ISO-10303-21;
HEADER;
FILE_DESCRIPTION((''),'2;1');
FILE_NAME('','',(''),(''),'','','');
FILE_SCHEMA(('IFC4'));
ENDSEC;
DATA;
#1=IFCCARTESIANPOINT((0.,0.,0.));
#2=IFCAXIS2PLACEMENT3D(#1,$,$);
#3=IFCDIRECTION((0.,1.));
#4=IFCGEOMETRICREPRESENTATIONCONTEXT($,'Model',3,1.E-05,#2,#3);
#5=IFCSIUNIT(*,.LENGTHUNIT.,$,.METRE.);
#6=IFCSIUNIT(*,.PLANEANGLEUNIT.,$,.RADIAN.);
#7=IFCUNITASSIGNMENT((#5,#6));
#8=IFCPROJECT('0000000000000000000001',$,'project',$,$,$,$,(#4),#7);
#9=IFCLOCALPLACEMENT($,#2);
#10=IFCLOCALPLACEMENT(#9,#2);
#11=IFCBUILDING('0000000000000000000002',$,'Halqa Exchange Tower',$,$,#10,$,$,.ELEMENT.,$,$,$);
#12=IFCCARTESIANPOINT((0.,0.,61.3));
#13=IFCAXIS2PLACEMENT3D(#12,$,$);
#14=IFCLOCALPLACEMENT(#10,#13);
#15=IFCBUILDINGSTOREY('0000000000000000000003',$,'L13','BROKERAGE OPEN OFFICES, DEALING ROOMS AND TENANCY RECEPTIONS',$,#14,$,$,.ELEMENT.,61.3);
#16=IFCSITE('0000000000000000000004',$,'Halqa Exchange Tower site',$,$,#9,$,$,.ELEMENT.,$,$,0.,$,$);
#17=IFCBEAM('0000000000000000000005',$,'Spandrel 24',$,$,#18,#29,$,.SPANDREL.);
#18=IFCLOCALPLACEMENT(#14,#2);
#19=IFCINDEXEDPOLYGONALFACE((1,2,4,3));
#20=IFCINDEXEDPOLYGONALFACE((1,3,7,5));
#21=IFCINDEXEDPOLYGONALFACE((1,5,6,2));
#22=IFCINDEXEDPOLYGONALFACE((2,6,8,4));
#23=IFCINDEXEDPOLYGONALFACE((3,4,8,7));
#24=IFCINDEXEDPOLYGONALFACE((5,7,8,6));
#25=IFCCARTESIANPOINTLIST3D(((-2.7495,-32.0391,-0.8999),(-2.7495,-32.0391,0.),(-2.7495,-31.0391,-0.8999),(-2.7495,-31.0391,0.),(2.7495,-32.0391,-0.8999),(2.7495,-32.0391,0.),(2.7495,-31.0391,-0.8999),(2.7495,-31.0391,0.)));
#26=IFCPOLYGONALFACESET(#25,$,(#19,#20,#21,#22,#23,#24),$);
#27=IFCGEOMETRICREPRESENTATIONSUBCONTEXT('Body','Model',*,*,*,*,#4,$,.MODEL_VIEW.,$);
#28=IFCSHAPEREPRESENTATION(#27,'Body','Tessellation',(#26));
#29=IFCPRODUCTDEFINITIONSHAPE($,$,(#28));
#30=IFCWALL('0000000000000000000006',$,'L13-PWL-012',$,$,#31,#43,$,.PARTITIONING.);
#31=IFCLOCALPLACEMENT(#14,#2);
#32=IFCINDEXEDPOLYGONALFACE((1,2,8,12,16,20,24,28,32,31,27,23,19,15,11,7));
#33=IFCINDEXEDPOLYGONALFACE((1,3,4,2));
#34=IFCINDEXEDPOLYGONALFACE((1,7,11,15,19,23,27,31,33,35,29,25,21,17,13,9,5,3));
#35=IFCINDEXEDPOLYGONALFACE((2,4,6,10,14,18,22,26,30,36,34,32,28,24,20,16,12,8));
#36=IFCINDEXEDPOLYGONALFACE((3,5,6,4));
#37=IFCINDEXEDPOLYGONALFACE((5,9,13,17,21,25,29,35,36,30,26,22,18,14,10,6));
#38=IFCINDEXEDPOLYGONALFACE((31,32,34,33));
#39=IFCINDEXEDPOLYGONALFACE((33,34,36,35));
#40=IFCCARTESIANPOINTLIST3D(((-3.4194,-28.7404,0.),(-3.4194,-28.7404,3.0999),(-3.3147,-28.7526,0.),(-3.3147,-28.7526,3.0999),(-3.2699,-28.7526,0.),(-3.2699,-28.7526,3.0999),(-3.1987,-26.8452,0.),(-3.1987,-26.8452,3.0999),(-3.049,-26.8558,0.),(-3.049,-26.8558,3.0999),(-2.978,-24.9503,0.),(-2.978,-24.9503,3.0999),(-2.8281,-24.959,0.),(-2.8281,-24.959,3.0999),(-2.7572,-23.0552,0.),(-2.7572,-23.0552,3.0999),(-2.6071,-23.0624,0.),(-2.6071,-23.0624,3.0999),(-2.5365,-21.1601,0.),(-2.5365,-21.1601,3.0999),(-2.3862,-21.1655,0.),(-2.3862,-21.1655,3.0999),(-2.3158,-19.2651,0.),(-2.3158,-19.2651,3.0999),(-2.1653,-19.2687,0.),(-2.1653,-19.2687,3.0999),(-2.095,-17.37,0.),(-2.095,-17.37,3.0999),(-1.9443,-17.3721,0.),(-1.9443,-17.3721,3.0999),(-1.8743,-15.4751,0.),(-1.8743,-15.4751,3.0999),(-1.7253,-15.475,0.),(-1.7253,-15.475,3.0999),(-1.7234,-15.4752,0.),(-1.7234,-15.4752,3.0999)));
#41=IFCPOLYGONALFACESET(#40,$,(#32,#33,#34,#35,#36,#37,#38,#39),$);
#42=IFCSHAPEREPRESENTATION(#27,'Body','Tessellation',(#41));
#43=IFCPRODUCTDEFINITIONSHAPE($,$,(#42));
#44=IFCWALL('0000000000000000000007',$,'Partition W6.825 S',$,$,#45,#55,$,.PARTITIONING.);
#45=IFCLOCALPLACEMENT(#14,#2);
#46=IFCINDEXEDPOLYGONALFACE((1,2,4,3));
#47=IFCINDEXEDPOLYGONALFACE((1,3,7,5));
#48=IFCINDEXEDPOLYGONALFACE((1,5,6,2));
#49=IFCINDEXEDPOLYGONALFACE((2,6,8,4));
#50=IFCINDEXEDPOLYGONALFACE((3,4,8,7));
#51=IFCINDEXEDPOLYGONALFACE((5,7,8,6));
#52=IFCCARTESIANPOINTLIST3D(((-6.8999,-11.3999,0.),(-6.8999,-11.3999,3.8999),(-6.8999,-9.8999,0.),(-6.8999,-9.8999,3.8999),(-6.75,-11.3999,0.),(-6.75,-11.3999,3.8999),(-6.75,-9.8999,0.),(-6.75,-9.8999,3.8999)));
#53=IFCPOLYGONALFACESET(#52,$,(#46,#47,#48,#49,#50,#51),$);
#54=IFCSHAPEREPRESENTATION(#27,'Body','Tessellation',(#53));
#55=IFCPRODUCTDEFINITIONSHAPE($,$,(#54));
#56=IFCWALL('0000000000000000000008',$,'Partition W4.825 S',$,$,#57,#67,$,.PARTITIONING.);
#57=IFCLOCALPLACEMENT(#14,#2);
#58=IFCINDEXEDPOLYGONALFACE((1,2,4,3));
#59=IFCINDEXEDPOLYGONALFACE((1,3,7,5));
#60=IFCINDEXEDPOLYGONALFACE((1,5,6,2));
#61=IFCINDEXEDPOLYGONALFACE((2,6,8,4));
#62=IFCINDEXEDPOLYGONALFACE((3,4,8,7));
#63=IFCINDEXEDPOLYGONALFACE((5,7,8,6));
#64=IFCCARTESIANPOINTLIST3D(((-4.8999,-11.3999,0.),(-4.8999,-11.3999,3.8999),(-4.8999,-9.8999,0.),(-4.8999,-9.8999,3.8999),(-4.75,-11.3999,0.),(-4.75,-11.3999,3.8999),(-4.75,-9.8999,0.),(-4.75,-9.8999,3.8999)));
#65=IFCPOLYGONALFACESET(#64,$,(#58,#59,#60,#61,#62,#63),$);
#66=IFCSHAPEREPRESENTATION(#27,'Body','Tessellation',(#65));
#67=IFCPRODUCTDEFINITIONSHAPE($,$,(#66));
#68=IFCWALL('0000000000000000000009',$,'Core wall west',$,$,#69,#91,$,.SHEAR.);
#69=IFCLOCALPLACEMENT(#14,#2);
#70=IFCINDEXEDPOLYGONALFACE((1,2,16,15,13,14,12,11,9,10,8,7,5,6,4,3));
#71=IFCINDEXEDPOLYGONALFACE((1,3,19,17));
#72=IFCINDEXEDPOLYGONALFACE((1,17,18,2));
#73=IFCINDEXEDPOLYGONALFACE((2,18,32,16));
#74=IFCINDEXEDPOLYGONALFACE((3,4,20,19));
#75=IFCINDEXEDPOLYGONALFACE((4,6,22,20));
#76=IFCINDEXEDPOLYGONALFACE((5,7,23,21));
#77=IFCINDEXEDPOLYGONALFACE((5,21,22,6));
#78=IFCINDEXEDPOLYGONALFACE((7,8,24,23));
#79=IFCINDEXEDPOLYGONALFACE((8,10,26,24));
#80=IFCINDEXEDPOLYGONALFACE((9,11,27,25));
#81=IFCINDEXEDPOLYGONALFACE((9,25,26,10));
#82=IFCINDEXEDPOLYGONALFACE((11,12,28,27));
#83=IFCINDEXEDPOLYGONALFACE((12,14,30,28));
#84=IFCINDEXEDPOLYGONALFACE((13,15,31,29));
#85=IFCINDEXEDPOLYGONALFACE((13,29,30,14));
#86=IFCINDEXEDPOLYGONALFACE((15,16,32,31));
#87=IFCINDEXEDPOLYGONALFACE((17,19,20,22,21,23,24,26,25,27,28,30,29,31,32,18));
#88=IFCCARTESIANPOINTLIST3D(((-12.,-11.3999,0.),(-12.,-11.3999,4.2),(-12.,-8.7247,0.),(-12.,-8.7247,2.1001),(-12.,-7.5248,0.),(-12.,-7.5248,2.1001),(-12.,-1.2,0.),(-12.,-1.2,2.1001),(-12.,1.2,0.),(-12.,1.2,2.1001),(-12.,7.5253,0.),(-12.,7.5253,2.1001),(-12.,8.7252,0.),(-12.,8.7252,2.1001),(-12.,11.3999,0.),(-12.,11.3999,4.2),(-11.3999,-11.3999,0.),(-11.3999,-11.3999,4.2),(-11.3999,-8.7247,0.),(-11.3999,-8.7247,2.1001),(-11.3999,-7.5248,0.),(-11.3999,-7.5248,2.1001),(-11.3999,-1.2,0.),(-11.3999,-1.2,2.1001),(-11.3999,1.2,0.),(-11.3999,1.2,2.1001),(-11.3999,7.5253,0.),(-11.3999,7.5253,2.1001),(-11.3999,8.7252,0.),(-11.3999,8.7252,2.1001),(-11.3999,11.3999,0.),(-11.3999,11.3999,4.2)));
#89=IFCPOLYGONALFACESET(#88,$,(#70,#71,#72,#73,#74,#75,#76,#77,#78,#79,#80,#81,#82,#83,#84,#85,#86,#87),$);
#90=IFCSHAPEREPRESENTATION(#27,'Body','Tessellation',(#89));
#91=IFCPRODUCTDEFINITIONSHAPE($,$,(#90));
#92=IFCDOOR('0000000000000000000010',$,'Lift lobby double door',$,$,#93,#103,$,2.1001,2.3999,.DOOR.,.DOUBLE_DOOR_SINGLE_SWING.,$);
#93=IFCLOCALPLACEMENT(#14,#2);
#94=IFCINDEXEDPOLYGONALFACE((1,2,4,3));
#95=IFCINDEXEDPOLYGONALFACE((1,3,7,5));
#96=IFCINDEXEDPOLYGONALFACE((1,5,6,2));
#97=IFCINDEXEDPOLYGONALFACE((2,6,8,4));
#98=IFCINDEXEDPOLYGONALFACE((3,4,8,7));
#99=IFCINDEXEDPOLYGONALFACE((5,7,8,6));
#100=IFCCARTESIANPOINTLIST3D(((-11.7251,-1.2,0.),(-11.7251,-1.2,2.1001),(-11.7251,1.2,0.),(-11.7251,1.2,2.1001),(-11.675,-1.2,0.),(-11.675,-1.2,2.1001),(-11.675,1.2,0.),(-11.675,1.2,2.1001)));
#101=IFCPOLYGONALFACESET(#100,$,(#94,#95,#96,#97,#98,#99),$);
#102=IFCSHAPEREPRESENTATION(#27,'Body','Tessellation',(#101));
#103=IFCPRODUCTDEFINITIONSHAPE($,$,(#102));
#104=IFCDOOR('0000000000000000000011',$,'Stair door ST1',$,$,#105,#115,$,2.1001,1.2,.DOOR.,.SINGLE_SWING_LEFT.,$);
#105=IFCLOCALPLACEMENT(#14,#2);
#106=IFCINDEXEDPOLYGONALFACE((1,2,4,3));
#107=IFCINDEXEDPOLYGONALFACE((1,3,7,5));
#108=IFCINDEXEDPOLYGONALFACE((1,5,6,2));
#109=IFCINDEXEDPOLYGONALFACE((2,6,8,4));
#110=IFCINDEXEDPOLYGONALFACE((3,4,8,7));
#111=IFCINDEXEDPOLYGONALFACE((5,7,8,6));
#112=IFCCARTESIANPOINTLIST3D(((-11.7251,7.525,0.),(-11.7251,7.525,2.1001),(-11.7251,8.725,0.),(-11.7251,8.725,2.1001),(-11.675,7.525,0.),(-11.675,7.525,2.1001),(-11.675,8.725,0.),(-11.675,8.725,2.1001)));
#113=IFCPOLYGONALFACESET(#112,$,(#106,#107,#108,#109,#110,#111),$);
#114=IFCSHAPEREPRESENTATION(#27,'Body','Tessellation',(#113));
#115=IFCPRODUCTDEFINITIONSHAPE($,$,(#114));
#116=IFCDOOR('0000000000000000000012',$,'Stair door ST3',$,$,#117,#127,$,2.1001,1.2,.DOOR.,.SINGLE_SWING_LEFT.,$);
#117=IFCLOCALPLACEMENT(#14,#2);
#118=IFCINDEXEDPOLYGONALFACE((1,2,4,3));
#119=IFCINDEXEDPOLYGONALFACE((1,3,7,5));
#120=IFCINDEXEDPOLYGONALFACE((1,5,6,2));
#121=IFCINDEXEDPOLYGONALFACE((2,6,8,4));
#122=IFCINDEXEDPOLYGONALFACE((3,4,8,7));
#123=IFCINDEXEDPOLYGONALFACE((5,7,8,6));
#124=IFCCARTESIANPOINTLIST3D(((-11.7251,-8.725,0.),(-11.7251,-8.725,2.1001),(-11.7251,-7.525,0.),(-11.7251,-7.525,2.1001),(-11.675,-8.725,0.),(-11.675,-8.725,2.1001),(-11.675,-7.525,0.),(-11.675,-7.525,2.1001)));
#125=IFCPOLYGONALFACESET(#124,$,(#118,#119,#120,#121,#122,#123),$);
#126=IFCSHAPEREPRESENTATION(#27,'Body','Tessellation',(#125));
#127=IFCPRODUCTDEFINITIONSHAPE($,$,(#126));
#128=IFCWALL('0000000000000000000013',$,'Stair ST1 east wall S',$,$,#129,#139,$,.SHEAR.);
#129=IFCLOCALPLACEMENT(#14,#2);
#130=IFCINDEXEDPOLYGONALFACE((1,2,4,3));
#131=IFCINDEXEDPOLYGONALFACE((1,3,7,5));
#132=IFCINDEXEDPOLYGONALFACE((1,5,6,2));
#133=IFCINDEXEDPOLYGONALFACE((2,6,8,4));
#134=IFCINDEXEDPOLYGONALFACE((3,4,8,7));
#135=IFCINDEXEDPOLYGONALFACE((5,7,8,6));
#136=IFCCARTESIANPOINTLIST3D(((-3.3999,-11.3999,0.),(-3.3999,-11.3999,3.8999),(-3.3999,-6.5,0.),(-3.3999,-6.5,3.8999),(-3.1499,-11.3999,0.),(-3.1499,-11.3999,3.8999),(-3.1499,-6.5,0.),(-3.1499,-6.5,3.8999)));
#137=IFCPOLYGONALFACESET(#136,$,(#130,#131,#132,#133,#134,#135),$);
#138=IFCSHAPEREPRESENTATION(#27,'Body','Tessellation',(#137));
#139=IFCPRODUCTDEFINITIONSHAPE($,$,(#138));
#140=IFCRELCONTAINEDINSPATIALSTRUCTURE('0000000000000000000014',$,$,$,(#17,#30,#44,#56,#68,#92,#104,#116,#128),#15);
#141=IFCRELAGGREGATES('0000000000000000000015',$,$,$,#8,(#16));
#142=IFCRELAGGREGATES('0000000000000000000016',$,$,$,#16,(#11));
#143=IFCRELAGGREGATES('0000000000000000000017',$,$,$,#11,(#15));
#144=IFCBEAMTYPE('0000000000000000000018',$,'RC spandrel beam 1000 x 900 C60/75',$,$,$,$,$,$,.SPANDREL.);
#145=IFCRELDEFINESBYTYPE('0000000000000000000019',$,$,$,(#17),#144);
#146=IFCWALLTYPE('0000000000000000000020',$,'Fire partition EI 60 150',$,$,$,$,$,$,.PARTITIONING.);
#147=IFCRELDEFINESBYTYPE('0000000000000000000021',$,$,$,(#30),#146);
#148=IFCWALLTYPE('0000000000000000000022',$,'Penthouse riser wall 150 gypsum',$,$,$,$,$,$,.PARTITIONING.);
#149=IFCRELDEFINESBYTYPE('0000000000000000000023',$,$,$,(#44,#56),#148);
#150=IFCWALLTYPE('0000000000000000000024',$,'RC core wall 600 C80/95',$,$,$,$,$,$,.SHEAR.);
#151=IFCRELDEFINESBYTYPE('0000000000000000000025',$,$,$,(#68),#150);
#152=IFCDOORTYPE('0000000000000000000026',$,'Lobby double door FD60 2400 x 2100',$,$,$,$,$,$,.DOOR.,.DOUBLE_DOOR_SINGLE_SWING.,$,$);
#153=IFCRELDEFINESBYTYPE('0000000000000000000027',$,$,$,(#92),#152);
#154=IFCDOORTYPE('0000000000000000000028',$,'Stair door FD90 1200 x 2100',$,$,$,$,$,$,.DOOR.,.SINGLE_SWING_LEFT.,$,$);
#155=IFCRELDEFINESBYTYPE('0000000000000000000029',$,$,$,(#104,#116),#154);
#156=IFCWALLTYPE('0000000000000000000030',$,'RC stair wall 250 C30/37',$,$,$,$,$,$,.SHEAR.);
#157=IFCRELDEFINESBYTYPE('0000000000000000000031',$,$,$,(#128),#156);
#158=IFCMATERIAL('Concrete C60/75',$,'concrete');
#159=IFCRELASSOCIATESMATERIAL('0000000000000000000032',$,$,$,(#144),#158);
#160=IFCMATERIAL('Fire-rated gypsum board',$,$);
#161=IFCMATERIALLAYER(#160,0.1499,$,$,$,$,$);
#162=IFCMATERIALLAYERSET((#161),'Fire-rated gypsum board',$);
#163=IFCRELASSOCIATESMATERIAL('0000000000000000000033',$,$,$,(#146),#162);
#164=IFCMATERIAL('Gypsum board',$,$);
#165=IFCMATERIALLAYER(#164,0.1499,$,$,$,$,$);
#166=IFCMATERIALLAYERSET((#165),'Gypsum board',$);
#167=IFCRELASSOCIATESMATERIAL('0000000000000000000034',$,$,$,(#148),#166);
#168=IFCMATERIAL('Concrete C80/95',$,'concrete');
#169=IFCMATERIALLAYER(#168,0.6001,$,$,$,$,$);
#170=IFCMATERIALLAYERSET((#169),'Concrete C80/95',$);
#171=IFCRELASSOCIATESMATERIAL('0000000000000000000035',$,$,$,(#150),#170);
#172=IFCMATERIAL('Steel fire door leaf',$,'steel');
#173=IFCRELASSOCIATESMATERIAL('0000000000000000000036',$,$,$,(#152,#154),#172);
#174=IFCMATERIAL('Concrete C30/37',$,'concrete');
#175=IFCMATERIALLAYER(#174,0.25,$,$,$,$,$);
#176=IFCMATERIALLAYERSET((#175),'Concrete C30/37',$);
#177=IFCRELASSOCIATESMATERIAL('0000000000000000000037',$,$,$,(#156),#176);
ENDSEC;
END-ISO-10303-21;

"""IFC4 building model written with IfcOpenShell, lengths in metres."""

from ifc_helpers import new_model, si_unit, direction, frame, frame_2d, origin, origin_2d, place, context, subcontext, project, spatial, polyline, rectangle, outline, extrude, material, layer, layer_set, material_profile, profile_set, type_object, element, fill, save


model = new_model("IFC4")

# Units and contexts
model_context = context("Model", 3, precision=1e-05, world=origin(), true_north=direction((0.0, 1.0)))
body_context = subcontext(model_context, "Body", "Model", "MODEL_VIEW")
ifc_project = project(units=[si_unit("LENGTHUNIT", "METRE"), si_unit("PLANEANGLEUNIT", "RADIAN")], contexts=[model_context])

# Site, building, storey
site_placement = place(None, origin())
site = spatial("IfcSite", under=ifc_project, at=site_placement, Name="Halqa Exchange Tower site", CompositionType="ELEMENT", RefElevation=0.0)
building_placement = place(site_placement, origin())
building = spatial("IfcBuilding", under=site, at=building_placement, Name="Halqa Exchange Tower", CompositionType="ELEMENT")
storey_placement = place(building_placement, frame((0.0, 0.0, 61.3)))
storey = spatial("IfcBuildingStorey", under=building, at=storey_placement, Name="L13", Description="BROKERAGE OPEN OFFICES, DEALING ROOMS AND TENANCY RECEPTIONS", CompositionType="ELEMENT", Elevation=61.3)

# Shared definitions
ifc_material_1 = material(Name="Concrete C80/95", Category="concrete")

# Beam
ifc_material_2 = material(Name="Concrete C60/75", Category="concrete")
ifc_material_profile_1 = material_profile(ifc_material_2, rectangle(XDim=1.0, YDim=0.8999, at=origin_2d()), Name="1000 x 900")
ifc_profile_set_1 = profile_set([ifc_material_profile_1], Name="Concrete C60/75")
beam_type_1 = type_object("IfcBeamType", Name="RC spandrel beam 1000 x 900 C60/75", PredefinedType="SPANDREL", material=ifc_profile_set_1)
beam_1_placement = place(storey_placement, frame((-2.7495, -31.5391, -0.45), z_axis=(1.0, 0.0, 0.0), x_axis=(0.0, 1.0, 0.0)))
element("IfcBeam", 1, at=beam_1_placement, inside=storey, type_object=beam_type_1, Name="Spandrel 24", PredefinedType="SPANDREL", context=body_context, shape_type="SweptSolid", body=[
    extrude(rectangle(XDim=1.0, YDim=0.8999, at=origin_2d()), origin(), (0.0, 0.0, 1.0), 5.499),
])

# Walls
ifc_material_3 = material(Name="Fire-rated gypsum board")
ifc_layer_1 = layer(ifc_material_3, 0.1499)
ifc_layer_set_1 = layer_set([ifc_layer_1], Name="Fire-rated gypsum board")
wall_type_1 = type_object("IfcWallType", Name="Fire partition EI 60 150", PredefinedType="PARTITIONING", material=ifc_layer_set_1)
wall_1_placement = place(storey_placement, frame((-1.7979, -15.4666, 0.0), z_axis=(0.0, 0.0, 1.0), x_axis=(-0.115696, -0.993285, 0.0)))
element("IfcWall", 2, at=wall_1_placement, inside=storey, type_object=wall_type_1, Name="L13-PWL-012", PredefinedType="PARTITIONING", context=body_context, shape_type="SweptSolid", body=[
    extrude(outline(polyline([(13.3723, -0.075), (13.3723, 0.0305), (13.3672, 0.075), (11.4575, 0.075), (9.5479, 0.075), (7.6384, 0.075), (5.7288, 0.075), (3.8191, 0.075), (1.9097, 0.075), (0.0, 0.075), (0.0, 0.073), (0.0173, -0.075), (1.925, -0.075), (3.833, -0.075), (5.7407, -0.075), (7.6487, -0.075), (9.5566, -0.075), (11.4644, -0.075), (13.3723, -0.075)])), origin(), (0.0, 0.0, 1.0), 3.0999),
])
ifc_material_4 = material(Name="Gypsum board")
ifc_layer_2 = layer(ifc_material_4, 0.1499)
ifc_layer_set_2 = layer_set([ifc_layer_2], Name="Gypsum board")
wall_type_2 = type_object("IfcWallType", Name="Penthouse riser wall 150 gypsum", PredefinedType="PARTITIONING", material=ifc_layer_set_2)
for number, where, z_axis, x_axis, name in (
    (3, (-6.825, -11.3999, 0.0), (0.0, 0.0, 1.0), (0.0, 1.0, 0.0), "Partition W6.825 S"),
    (4, (-4.825, -11.3999, 0.0), (0.0, 0.0, 1.0), (0.0, 1.0, 0.0), "Partition W4.825 S"),
):
    element("IfcWall", number, at=place(storey_placement, frame(where, z_axis=z_axis, x_axis=x_axis)), inside=storey, type_object=wall_type_2, Name=name, PredefinedType="PARTITIONING", context=body_context, shape_type="SweptSolid", body=[
        extrude(rectangle(XDim=1.5, YDim=0.1499, at=frame_2d((0.75, 0.0))), origin(), (0.0, 0.0, 1.0), 3.8999),
    ])

# Wall, openings, doors
ifc_layer_3 = layer(ifc_material_1, 0.6001)
ifc_layer_set_3 = layer_set([ifc_layer_3], Name="Concrete C80/95")
wall_type_3 = type_object("IfcWallType", Name="RC core wall 600 C80/95", PredefinedType="SHEAR", material=ifc_layer_set_3)
wall_2_placement = place(storey_placement, frame((-11.7, -11.3999, 0.0), z_axis=(0.0, 0.0, 1.0), x_axis=(0.0, 1.0, 0.0)))
wall_2 = element("IfcWall", 5, at=wall_2_placement, inside=storey, type_object=wall_type_3, Name="Core wall west", PredefinedType="SHEAR", context=body_context, shape_type="SweptSolid", body=[
    extrude(rectangle(XDim=22.7998, YDim=0.6001, at=frame_2d((11.3999, 0.0))), origin(), (0.0, 0.0, 1.0), 4.2),
])
opening_1_placement = place(wall_2_placement, frame((10.2, 0.0, 0.0)))
opening_1 = element("IfcOpeningElement", 6, at=opening_1_placement, cuts=wall_2, PredefinedType="OPENING", context=body_context, shape_type="SweptSolid", body=[
    extrude(rectangle(XDim=2.3999, YDim=2.1001, at=frame_2d((1.2, 1.05))), frame((0.0, 0.312, 0.0), z_axis=(0.0, -1.0, 0.0), x_axis=(1.0, 0.0, 0.0)), (0.0, 0.0, 1.0), 0.624),
])
opening_2_placement = place(wall_2_placement, frame((18.925, 0.0, 0.0)))
opening_2 = element("IfcOpeningElement", 7, at=opening_2_placement, cuts=wall_2, PredefinedType="OPENING", context=body_context, shape_type="SweptSolid", body=[
    extrude(rectangle(XDim=1.2, YDim=2.1001, at=frame_2d((0.6001, 1.05))), frame((0.0, 0.312, 0.0), z_axis=(0.0, -1.0, 0.0), x_axis=(1.0, 0.0, 0.0)), (0.0, 0.0, 1.0), 0.624),
])
opening_3_placement = place(wall_2_placement, frame((2.675, 0.0, 0.0)))
opening_3 = element("IfcOpeningElement", 8, at=opening_3_placement, cuts=wall_2, PredefinedType="OPENING", context=body_context, shape_type="SweptSolid", body=[
    extrude(rectangle(XDim=1.2, YDim=2.1001, at=frame_2d((0.6001, 1.05))), frame((0.0, 0.312, 0.0), z_axis=(0.0, -1.0, 0.0), x_axis=(1.0, 0.0, 0.0)), (0.0, 0.0, 1.0), 0.624),
])
ifc_material_5 = material(Name="Steel fire door leaf", Category="steel")
door_type_1 = type_object("IfcDoorType", Name="Lobby double door FD60 2400 x 2100", OperationType="DOUBLE_DOOR_SINGLE_SWING", PredefinedType="DOOR", material=ifc_material_5)
door_1_placement = place(opening_1_placement, frame((2.3999, 0.0, 0.0), z_axis=(0.0, 0.0, 1.0), x_axis=(-1.0, 0.0, 0.0)))
door_1 = element("IfcDoor", 9, at=door_1_placement, inside=storey, type_object=door_type_1, Name="Lift lobby double door", OperationType="DOUBLE_DOOR_SINGLE_SWING", OverallHeight=2.1001, OverallWidth=2.3999, PredefinedType="DOOR", context=body_context, shape_type="SweptSolid", body=[
    extrude(rectangle(XDim=2.3999, YDim=2.1001, at=frame_2d((1.2, 1.05))), frame((0.0, 0.0249, 0.0), z_axis=(0.0, -1.0, 0.0), x_axis=(1.0, 0.0, 0.0)), (0.0, 0.0, 1.0), 0.05),
])
fill(opening_1, door_1)
door_type_2 = type_object("IfcDoorType", Name="Stair door FD90 1200 x 2100", OperationType="SINGLE_SWING_LEFT", PredefinedType="DOOR", material=ifc_material_5)
door_2_placement = place(opening_2_placement, frame((1.2, 0.0, 0.0), z_axis=(0.0, 0.0, 1.0), x_axis=(-1.0, 0.0, 0.0)))
door_2 = element("IfcDoor", 10, at=door_2_placement, inside=storey, type_object=door_type_2, Name="Stair door ST1", OperationType="SINGLE_SWING_LEFT", OverallHeight=2.1001, OverallWidth=1.2, PredefinedType="DOOR", context=body_context, shape_type="SweptSolid", body=[
    extrude(rectangle(XDim=1.2, YDim=2.1001, at=frame_2d((0.6001, 1.05))), frame((0.0, 0.0249, 0.0), z_axis=(0.0, -1.0, 0.0), x_axis=(1.0, 0.0, 0.0)), (0.0, 0.0, 1.0), 0.05),
])
fill(opening_2, door_2)
door_3_placement = place(opening_3_placement, frame((1.2, 0.0, 0.0), z_axis=(0.0, 0.0, 1.0), x_axis=(-1.0, 0.0, 0.0)))
door_3 = element("IfcDoor", 11, at=door_3_placement, inside=storey, type_object=door_type_2, Name="Stair door ST3", OperationType="SINGLE_SWING_LEFT", OverallHeight=2.1001, OverallWidth=1.2, PredefinedType="DOOR", context=body_context, shape_type="SweptSolid", body=[
    extrude(rectangle(XDim=1.2, YDim=2.1001, at=frame_2d((0.6001, 1.05))), frame((0.0, 0.0249, 0.0), z_axis=(0.0, -1.0, 0.0), x_axis=(1.0, 0.0, 0.0)), (0.0, 0.0, 1.0), 0.05),
])
fill(opening_3, door_3)

# Wall
ifc_material_6 = material(Name="Concrete C30/37", Category="concrete")
ifc_layer_4 = layer(ifc_material_6, 0.25)
ifc_layer_set_4 = layer_set([ifc_layer_4], Name="Concrete C30/37")
wall_type_4 = type_object("IfcWallType", Name="RC stair wall 250 C30/37", PredefinedType="SHEAR", material=ifc_layer_set_4)
wall_3_placement = place(storey_placement, frame((-3.2749, -11.3999, 0.0), z_axis=(0.0, 0.0, 1.0), x_axis=(0.0, 1.0, 0.0)))
element("IfcWall", 12, at=wall_3_placement, inside=storey, type_object=wall_type_4, Name="Stair ST1 east wall S", PredefinedType="SHEAR", context=body_context, shape_type="SweptSolid", body=[
    extrude(rectangle(XDim=4.8999, YDim=0.25, at=frame_2d((2.45, 0.0))), origin(), (0.0, 0.0, 1.0), 3.8999),
])

save(model, "model.ifc")
